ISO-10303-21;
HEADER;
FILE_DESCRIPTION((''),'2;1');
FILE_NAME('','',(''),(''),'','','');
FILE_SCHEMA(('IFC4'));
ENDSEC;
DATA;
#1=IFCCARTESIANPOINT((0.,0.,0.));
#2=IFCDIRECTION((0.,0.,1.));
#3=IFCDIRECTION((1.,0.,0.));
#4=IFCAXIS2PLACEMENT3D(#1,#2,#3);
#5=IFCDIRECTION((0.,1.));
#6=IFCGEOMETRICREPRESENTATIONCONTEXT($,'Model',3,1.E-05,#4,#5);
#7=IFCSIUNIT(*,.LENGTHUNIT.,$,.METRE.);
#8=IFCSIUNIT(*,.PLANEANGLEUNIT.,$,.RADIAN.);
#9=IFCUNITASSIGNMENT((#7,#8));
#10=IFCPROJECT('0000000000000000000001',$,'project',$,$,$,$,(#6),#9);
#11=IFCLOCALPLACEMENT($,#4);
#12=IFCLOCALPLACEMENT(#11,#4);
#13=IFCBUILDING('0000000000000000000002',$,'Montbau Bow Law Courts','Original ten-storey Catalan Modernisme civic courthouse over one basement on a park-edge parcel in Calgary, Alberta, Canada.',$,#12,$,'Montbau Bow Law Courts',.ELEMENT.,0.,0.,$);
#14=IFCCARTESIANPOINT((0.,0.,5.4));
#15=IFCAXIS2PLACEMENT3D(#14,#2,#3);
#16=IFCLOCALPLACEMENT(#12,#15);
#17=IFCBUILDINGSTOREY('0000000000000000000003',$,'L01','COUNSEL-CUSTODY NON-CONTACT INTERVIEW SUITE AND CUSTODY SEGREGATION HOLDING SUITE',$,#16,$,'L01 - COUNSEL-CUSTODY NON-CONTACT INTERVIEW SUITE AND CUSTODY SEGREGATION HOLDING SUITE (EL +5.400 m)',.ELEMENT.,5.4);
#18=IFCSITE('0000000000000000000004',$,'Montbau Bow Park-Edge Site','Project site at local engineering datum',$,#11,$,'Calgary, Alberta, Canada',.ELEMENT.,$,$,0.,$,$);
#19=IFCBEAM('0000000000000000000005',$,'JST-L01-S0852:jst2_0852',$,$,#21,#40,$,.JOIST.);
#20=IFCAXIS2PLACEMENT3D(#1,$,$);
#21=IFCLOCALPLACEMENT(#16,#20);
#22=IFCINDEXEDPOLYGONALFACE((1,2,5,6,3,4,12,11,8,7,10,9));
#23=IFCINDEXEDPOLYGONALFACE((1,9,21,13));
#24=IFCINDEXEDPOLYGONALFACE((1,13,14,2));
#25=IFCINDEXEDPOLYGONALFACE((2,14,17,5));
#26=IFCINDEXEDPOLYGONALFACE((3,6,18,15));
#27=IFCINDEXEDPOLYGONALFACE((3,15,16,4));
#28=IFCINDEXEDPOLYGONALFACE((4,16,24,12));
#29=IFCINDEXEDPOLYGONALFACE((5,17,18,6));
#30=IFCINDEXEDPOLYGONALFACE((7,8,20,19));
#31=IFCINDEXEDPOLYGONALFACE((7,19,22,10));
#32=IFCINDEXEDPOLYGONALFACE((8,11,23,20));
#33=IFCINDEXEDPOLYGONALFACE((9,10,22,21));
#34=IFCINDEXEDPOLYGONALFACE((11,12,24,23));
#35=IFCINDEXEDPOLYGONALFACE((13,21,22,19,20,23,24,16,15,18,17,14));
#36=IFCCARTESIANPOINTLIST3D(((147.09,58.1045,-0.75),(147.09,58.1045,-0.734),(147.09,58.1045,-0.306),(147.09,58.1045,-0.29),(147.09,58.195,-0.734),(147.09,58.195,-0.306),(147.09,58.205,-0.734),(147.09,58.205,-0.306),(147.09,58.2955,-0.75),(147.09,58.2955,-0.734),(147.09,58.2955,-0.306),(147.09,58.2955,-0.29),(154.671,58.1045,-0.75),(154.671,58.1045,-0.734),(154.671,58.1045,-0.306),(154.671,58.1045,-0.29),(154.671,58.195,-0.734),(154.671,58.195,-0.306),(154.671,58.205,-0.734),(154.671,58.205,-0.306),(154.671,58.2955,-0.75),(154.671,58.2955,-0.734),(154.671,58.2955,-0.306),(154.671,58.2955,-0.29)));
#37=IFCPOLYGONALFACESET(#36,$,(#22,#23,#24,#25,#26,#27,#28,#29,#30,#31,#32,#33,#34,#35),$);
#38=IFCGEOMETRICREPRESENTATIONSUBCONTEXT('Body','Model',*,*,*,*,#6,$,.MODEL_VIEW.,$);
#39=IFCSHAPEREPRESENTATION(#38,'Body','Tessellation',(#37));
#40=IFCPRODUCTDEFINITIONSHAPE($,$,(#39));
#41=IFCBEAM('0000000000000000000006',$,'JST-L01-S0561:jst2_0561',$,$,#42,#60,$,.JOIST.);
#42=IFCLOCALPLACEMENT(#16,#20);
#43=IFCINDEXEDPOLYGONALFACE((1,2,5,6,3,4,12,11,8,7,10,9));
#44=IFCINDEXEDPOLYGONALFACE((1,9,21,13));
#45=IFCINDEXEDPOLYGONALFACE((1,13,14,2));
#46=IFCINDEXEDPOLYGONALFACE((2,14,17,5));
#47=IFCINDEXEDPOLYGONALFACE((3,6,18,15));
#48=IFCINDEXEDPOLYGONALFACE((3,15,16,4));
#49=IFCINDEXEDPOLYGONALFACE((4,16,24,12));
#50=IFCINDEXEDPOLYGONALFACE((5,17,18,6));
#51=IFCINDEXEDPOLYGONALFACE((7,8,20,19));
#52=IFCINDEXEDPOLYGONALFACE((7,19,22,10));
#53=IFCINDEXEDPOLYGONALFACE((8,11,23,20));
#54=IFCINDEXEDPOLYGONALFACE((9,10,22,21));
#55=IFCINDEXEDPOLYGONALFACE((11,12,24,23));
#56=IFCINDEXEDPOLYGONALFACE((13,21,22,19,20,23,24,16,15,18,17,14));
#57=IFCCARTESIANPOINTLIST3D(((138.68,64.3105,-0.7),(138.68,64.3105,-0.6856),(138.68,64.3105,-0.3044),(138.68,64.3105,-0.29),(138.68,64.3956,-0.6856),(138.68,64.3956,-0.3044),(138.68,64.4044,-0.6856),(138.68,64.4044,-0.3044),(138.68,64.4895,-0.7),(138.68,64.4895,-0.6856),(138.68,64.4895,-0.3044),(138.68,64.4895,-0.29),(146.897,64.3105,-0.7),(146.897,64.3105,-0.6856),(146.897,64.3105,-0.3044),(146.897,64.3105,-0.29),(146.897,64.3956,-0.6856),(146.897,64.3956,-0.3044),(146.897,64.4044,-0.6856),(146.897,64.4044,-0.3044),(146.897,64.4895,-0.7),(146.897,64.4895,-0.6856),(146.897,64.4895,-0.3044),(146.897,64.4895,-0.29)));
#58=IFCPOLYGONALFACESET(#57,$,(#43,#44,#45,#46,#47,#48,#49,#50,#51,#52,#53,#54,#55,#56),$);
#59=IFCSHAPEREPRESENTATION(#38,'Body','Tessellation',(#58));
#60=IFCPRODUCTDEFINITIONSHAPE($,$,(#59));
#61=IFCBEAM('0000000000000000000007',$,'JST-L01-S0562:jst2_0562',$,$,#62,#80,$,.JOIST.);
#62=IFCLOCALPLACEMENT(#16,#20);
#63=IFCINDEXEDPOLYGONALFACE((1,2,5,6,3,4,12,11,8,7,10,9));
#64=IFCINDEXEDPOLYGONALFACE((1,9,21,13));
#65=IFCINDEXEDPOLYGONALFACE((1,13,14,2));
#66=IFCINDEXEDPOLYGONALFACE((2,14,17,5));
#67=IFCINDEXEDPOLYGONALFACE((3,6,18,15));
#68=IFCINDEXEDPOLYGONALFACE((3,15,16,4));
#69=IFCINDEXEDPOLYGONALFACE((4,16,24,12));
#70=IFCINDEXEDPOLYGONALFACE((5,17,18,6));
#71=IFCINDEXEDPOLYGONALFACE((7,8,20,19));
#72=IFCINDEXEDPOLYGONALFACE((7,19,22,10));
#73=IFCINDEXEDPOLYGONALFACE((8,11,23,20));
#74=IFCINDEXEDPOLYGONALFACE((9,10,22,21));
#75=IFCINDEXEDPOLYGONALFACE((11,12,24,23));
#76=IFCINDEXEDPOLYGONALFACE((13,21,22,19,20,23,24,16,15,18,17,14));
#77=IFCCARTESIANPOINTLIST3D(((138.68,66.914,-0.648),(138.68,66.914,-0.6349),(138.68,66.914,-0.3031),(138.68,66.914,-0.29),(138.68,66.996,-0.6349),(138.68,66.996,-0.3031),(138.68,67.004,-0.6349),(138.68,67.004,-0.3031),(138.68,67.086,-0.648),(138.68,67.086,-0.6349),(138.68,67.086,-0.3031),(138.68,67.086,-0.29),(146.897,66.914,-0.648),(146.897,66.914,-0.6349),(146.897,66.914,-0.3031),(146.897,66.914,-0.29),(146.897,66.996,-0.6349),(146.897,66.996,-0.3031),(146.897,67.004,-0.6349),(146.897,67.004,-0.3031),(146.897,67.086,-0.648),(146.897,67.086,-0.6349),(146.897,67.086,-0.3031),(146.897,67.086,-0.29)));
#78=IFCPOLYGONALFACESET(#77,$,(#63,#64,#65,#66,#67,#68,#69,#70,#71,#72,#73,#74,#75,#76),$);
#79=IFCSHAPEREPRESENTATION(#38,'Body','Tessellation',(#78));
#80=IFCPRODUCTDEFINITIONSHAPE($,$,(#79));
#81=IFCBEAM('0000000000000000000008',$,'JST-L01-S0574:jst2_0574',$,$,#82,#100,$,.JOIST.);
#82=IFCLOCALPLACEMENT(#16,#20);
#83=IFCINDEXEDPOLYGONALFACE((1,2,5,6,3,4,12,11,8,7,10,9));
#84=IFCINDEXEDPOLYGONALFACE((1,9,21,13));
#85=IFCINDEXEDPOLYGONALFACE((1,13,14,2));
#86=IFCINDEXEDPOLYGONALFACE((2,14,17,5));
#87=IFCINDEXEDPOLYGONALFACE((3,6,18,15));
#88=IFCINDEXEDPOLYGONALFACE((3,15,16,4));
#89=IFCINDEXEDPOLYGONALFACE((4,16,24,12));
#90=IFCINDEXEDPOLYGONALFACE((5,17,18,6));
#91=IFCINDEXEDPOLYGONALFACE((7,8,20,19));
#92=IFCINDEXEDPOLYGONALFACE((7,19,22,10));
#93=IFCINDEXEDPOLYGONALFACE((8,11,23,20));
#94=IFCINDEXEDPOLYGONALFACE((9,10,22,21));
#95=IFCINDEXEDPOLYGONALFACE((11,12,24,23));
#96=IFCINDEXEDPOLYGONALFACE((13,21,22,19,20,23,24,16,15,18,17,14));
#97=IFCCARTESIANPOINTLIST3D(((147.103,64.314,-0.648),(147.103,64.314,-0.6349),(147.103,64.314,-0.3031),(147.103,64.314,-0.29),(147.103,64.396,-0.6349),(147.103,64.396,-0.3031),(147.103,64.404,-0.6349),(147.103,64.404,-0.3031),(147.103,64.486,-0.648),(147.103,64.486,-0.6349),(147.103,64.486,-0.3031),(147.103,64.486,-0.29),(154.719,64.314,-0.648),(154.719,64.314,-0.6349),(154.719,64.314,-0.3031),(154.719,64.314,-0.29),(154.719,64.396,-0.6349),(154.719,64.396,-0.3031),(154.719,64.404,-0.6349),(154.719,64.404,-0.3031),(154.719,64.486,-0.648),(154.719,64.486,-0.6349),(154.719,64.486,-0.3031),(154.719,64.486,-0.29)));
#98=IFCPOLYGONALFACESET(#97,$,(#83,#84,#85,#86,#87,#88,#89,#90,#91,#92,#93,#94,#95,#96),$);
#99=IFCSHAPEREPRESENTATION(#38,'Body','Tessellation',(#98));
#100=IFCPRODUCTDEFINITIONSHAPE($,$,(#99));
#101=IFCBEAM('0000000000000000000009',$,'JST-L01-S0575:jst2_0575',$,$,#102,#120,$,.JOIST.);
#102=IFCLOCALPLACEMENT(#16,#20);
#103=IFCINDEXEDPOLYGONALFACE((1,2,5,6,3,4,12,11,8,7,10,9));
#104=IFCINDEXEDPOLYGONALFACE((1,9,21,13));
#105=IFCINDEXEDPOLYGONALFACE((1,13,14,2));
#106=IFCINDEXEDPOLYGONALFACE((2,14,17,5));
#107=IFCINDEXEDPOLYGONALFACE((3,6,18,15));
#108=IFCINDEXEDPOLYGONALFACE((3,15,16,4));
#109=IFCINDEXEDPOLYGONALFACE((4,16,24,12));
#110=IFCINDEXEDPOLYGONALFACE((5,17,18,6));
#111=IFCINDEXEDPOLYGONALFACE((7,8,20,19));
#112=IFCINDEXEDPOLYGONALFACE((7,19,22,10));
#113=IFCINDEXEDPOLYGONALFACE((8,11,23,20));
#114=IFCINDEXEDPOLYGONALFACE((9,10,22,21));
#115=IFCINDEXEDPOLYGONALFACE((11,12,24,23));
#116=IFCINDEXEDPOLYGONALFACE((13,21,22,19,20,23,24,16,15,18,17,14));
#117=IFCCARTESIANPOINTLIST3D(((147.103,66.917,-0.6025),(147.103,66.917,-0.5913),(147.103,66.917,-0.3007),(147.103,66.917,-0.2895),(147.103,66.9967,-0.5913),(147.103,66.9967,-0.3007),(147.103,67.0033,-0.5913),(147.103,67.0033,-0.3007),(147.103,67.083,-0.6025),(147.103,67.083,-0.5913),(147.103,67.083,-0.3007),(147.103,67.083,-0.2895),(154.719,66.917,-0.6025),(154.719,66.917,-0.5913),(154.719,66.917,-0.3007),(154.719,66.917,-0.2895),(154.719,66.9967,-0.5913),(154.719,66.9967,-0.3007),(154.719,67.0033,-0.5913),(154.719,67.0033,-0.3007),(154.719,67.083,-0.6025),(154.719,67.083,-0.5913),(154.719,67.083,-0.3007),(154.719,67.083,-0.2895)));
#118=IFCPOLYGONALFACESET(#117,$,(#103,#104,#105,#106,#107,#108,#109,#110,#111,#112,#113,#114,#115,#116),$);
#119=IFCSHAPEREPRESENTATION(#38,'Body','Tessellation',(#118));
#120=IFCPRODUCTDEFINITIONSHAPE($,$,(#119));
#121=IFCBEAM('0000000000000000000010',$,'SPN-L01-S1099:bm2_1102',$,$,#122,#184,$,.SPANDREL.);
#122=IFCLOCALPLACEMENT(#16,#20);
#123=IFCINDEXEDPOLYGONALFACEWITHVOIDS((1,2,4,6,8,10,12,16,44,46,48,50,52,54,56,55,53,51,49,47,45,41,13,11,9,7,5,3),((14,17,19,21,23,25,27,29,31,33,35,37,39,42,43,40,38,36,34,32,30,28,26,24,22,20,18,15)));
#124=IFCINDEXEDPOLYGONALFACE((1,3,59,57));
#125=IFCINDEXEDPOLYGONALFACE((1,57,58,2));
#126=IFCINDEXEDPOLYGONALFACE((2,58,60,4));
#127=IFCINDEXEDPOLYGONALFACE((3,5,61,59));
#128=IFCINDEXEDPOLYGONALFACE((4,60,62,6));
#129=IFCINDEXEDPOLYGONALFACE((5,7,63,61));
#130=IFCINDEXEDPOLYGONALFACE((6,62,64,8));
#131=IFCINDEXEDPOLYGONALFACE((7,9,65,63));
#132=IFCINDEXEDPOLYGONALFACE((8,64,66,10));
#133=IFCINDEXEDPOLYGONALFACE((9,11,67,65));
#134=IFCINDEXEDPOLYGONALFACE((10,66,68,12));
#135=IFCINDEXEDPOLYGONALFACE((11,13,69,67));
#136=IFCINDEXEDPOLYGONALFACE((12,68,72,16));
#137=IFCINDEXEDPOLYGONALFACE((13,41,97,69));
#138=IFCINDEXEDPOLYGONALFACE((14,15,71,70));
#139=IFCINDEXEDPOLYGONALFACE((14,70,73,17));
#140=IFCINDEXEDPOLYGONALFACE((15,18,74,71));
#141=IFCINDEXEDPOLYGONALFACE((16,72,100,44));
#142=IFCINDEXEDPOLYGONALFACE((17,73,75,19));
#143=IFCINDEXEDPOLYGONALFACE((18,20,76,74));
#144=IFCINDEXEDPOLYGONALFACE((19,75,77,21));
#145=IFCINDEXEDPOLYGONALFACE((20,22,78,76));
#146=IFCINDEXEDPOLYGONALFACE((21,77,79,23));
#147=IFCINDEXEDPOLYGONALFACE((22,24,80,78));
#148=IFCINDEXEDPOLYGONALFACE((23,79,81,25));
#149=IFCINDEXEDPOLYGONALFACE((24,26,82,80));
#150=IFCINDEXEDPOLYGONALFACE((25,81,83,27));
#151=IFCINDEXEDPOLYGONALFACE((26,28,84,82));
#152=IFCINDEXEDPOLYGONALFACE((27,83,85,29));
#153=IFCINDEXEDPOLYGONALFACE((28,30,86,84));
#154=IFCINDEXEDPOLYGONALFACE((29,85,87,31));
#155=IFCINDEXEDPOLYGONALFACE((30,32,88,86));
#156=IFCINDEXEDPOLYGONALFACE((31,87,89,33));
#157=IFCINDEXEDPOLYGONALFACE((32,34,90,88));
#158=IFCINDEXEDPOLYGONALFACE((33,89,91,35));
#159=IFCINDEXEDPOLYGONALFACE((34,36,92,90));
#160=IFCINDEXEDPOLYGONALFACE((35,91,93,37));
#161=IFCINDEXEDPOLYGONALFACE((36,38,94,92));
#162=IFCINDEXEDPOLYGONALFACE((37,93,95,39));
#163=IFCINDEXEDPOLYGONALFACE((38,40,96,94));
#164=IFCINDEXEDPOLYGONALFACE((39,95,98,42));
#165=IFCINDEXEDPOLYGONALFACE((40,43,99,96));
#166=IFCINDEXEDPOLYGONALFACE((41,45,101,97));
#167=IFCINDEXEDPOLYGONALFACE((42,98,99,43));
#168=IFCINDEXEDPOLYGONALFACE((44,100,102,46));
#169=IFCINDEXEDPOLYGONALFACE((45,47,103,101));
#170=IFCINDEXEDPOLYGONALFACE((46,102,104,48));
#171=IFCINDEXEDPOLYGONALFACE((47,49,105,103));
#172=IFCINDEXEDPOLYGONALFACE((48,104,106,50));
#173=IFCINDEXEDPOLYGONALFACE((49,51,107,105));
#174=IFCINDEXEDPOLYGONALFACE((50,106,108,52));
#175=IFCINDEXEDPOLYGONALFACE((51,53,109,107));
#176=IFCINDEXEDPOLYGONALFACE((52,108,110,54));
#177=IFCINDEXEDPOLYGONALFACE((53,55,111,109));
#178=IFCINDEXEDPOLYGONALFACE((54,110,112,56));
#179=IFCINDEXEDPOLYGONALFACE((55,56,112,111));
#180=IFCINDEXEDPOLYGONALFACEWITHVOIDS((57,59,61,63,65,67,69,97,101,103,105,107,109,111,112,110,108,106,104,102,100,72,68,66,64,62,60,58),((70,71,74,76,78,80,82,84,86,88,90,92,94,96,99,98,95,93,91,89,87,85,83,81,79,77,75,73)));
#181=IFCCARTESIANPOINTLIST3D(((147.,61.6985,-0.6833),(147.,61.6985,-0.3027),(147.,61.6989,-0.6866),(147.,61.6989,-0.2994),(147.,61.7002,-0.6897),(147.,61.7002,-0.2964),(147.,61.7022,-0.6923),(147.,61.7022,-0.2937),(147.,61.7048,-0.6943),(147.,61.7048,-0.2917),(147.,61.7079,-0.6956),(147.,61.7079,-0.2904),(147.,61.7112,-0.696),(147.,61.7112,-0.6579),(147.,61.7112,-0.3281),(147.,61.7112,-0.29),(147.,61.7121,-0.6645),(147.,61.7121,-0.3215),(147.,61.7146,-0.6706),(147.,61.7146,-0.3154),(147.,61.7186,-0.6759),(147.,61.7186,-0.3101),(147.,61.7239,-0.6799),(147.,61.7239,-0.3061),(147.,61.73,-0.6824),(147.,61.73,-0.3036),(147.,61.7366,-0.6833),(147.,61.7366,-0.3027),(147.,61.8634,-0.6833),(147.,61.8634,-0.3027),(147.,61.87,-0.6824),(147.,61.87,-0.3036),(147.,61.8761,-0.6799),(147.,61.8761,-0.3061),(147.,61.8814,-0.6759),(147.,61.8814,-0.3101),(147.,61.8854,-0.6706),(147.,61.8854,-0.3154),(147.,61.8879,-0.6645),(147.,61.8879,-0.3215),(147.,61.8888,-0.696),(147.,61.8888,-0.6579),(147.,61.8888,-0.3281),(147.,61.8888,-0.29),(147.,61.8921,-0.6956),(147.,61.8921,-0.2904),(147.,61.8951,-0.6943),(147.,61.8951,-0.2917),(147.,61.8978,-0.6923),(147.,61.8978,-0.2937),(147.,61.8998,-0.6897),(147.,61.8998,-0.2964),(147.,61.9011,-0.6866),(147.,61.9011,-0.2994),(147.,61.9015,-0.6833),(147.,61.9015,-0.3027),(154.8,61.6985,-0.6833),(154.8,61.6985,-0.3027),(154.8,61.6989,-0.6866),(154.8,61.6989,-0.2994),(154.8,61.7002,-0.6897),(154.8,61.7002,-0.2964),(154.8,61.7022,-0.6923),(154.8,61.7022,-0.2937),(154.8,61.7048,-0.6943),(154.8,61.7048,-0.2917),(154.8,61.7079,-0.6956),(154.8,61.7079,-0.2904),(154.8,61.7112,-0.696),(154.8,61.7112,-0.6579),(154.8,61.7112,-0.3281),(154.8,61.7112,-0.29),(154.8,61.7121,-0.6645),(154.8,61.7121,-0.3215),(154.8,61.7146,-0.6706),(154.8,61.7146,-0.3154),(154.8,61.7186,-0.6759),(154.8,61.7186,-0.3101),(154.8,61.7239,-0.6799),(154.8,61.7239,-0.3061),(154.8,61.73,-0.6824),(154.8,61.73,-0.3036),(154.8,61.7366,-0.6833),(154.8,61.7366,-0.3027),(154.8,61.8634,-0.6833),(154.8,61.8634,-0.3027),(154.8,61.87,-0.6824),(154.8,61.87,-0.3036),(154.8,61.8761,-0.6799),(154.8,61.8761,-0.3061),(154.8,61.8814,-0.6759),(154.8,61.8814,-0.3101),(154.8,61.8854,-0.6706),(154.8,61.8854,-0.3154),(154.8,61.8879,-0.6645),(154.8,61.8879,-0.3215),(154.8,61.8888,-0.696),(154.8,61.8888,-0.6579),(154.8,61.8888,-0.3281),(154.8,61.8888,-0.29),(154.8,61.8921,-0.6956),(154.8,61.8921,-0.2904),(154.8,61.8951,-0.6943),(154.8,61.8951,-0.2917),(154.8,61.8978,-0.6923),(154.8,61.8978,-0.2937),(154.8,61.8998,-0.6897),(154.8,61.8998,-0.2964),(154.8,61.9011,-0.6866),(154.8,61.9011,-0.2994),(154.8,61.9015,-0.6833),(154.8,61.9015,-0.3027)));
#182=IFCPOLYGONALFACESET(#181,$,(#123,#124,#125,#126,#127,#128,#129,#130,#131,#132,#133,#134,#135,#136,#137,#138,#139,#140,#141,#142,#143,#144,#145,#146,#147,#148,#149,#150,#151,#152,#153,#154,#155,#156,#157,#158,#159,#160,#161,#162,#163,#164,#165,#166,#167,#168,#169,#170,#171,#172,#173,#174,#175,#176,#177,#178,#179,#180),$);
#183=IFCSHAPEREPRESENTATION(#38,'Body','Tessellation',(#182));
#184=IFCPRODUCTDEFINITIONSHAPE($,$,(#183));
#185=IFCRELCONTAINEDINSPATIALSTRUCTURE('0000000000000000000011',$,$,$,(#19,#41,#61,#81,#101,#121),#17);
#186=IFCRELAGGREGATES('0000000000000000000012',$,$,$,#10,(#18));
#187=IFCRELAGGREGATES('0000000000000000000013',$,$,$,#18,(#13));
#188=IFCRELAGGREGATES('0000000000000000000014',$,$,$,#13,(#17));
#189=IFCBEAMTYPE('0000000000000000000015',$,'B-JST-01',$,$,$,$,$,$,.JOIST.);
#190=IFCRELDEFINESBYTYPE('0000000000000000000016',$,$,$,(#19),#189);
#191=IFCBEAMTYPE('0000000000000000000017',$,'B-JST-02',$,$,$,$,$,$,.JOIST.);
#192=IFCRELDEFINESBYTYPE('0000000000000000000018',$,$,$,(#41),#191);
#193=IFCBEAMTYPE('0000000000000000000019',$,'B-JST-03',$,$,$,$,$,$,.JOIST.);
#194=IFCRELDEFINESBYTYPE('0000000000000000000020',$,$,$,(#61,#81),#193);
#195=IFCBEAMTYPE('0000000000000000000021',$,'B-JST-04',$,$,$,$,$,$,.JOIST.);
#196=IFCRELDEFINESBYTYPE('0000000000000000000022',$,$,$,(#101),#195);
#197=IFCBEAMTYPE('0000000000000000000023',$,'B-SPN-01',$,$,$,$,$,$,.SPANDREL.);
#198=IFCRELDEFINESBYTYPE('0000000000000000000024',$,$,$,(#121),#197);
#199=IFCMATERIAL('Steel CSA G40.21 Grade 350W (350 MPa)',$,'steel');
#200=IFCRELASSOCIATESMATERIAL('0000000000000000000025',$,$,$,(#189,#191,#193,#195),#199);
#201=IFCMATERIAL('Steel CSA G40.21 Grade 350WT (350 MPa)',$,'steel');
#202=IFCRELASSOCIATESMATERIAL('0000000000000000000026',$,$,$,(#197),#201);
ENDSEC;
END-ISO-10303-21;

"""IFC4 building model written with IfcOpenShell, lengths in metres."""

from ifc_helpers import new_model, si_unit, direction, frame, origin_with_axes, origin_2d_with_axis, place, context, subcontext, project, spatial, hollow_rectangle, i_section, extrude, material, material_profile, profile_set, type_object, element, save


model = new_model("IFC4")

# Units and contexts
model_context = context("Model", 3, precision=1e-05, world=origin_with_axes(), true_north=direction((0.0, 1.0)))
body_context = subcontext(model_context, "Body", "Model", "MODEL_VIEW")
ifc_project = project(units=[si_unit("LENGTHUNIT", "METRE"), si_unit("PLANEANGLEUNIT", "RADIAN")], contexts=[model_context])

# Site, building, storey
site_placement = place(None, origin_with_axes())
site = spatial("IfcSite", under=ifc_project, at=site_placement, Name="Montbau Bow Park-Edge Site", Description="Project site at local engineering datum", LongName="Calgary, Alberta, Canada", CompositionType="ELEMENT", RefElevation=0.0)
building_placement = place(site_placement, origin_with_axes())
building = spatial("IfcBuilding", under=site, at=building_placement, Name="Montbau Bow Law Courts", Description="Original ten-storey Catalan Modernisme civic courthouse over one basement on a park-edge parcel in Calgary, Alberta, Canada.", LongName="Montbau Bow Law Courts", CompositionType="ELEMENT", ElevationOfRefHeight=0.0, ElevationOfTerrain=0.0)
storey_placement = place(building_placement, frame((0.0, 0.0, 5.4), z_axis=(0.0, 0.0, 1.0), x_axis=(1.0, 0.0, 0.0)))
storey = spatial("IfcBuildingStorey", under=building, at=storey_placement, Name="L01", Description="COUNSEL-CUSTODY NON-CONTACT INTERVIEW SUITE AND CUSTODY SEGREGATION HOLDING SUITE", LongName="L01 - COUNSEL-CUSTODY NON-CONTACT INTERVIEW SUITE AND CUSTODY SEGREGATION HOLDING SUITE (EL +5.400 m)", CompositionType="ELEMENT", Elevation=5.4)

# Beams
ifc_material_1 = material(Name="Steel CSA G40.21 Grade 350W (350 MPa)", Category="steel")
ifc_material_profile_1 = material_profile(ifc_material_1, i_section(OverallWidth=0.191, OverallDepth=0.46, WebThickness=0.0099, FlangeThickness=0.016, at=origin_2d_with_axis()), Name="W460X82", Category="Main", Priority=0)
ifc_profile_set_1 = profile_set([ifc_material_profile_1], Name="Steel CSA G40.21 Grade 350W (350 MPa)")
beam_type_1 = type_object("IfcBeamType", Name="B-JST-01", PredefinedType="JOIST", material=ifc_profile_set_1)
beam_1_placement = place(None, frame((147.09, 58.2, 4.88), z_axis=(1.0, 0.0, 0.0), x_axis=(0.0, 1.0, 0.0)))
element("IfcBeam", 1, at=beam_1_placement, inside=storey, type_object=beam_type_1, Name="JST-L01-S0852:jst2_0852", PredefinedType="JOIST", context=body_context, shape_type="SweptSolid", body=[
    extrude(i_section(OverallWidth=0.191, OverallDepth=0.46, WebThickness=0.0099, FlangeThickness=0.016, at=origin_2d_with_axis()), origin_with_axes(), (0.0, 0.0, 1.0), 7.581),
])
ifc_material_profile_2 = material_profile(ifc_material_1, i_section(OverallWidth=0.179, OverallDepth=0.41, WebThickness=0.0088, FlangeThickness=0.0144, at=origin_2d_with_axis()), Name="W410X67", Category="Main", Priority=0)
ifc_profile_set_2 = profile_set([ifc_material_profile_2], Name="Steel CSA G40.21 Grade 350W (350 MPa)")
beam_type_2 = type_object("IfcBeamType", Name="B-JST-02", PredefinedType="JOIST", material=ifc_profile_set_2)
beam_2_placement = place(None, frame((138.68, 64.4, 4.905), z_axis=(1.0, 0.0, 0.0), x_axis=(0.0, 1.0, 0.0)))
element("IfcBeam", 2, at=beam_2_placement, inside=storey, type_object=beam_type_2, Name="JST-L01-S0561:jst2_0561", PredefinedType="JOIST", context=body_context, shape_type="SweptSolid", body=[
    extrude(i_section(OverallWidth=0.179, OverallDepth=0.41, WebThickness=0.0088, FlangeThickness=0.0144, at=origin_2d_with_axis()), origin_with_axes(), (0.0, 0.0, 1.0), 8.217),
])
ifc_material_profile_3 = material_profile(ifc_material_1, i_section(OverallWidth=0.172, OverallDepth=0.358, WebThickness=0.0079, FlangeThickness=0.0131, at=origin_2d_with_axis()), Name="W360X57", Category="Main", Priority=0)
ifc_profile_set_3 = profile_set([ifc_material_profile_3], Name="Steel CSA G40.21 Grade 350W (350 MPa)")
beam_type_3 = type_object("IfcBeamType", Name="B-JST-03", PredefinedType="JOIST", material=ifc_profile_set_3)
beam_3_placement = place(None, frame((138.68, 67.0, 4.931), z_axis=(1.0, 0.0, 0.0), x_axis=(0.0, 1.0, 0.0)))
element("IfcBeam", 3, at=beam_3_placement, inside=storey, type_object=beam_type_3, Name="JST-L01-S0562:jst2_0562", PredefinedType="JOIST", context=body_context, shape_type="SweptSolid", body=[
    extrude(i_section(OverallWidth=0.172, OverallDepth=0.358, WebThickness=0.0079, FlangeThickness=0.0131, at=origin_2d_with_axis()), origin_with_axes(), (0.0, 0.0, 1.0), 8.217),
])
beam_4_placement = place(None, frame((147.103, 64.4, 4.931), z_axis=(1.0, 0.0, 0.0), x_axis=(0.0, 1.0, 0.0)))
element("IfcBeam", 4, at=beam_4_placement, inside=storey, type_object=beam_type_3, Name="JST-L01-S0574:jst2_0574", PredefinedType="JOIST", context=body_context, shape_type="SweptSolid", body=[
    extrude(i_section(OverallWidth=0.172, OverallDepth=0.358, WebThickness=0.0079, FlangeThickness=0.0131, at=origin_2d_with_axis()), origin_with_axes(), (0.0, 0.0, 1.0), 7.616),
])
ifc_material_profile_4 = material_profile(ifc_material_1, i_section(OverallWidth=0.166, OverallDepth=0.313, WebThickness=0.0066, FlangeThickness=0.0112, at=origin_2d_with_axis()), Name="W310X45", Category="Main", Priority=0)
ifc_profile_set_4 = profile_set([ifc_material_profile_4], Name="Steel CSA G40.21 Grade 350W (350 MPa)")
beam_type_4 = type_object("IfcBeamType", Name="B-JST-04", PredefinedType="JOIST", material=ifc_profile_set_4)
beam_5_placement = place(None, frame((147.103, 67.0, 4.954), z_axis=(1.0, 0.0, 0.0), x_axis=(0.0, 1.0, 0.0)))
element("IfcBeam", 5, at=beam_5_placement, inside=storey, type_object=beam_type_4, Name="JST-L01-S0575:jst2_0575", PredefinedType="JOIST", context=body_context, shape_type="SweptSolid", body=[
    extrude(i_section(OverallWidth=0.166, OverallDepth=0.313, WebThickness=0.0066, FlangeThickness=0.0112, at=origin_2d_with_axis()), origin_with_axes(), (0.0, 0.0, 1.0), 7.616),
])
ifc_material_2 = material(Name="Steel CSA G40.21 Grade 350WT (350 MPa)", Category="steel")
ifc_material_profile_5 = material_profile(ifc_material_2, hollow_rectangle(XDim=0.203, YDim=0.406, WallThickness=0.0127, InnerFilletRadius=0.0254, OuterFilletRadius=0.0127, at=origin_2d_with_axis()), Name="HSS406X203X13", Category="Main", Priority=0)
ifc_profile_set_5 = profile_set([ifc_material_profile_5], Name="Steel CSA G40.21 Grade 350WT (350 MPa)")
beam_type_5 = type_object("IfcBeamType", Name="B-SPN-01", PredefinedType="SPANDREL", material=ifc_profile_set_5)
for number, where, z_axis, x_axis, name in (
    (6, (147.0, 61.8, 4.907), (1.0, 0.0, 0.0), (0.0, 1.0, 0.0), "SPN-L01-S1099:bm2_1102"),
):
    element("IfcBeam", number, at=place(None, frame(where, z_axis=z_axis, x_axis=x_axis)), inside=storey, type_object=beam_type_5, Name=name, PredefinedType="SPANDREL", context=body_context, shape_type="SweptSolid", body=[
        extrude(hollow_rectangle(XDim=0.203, YDim=0.406, WallThickness=0.0127, InnerFilletRadius=0.0254, OuterFilletRadius=0.0127, at=origin_2d_with_axis()), origin_with_axes(), (0.0, 0.0, 1.0), 7.8),
    ])

save(model, "model.ifc")
